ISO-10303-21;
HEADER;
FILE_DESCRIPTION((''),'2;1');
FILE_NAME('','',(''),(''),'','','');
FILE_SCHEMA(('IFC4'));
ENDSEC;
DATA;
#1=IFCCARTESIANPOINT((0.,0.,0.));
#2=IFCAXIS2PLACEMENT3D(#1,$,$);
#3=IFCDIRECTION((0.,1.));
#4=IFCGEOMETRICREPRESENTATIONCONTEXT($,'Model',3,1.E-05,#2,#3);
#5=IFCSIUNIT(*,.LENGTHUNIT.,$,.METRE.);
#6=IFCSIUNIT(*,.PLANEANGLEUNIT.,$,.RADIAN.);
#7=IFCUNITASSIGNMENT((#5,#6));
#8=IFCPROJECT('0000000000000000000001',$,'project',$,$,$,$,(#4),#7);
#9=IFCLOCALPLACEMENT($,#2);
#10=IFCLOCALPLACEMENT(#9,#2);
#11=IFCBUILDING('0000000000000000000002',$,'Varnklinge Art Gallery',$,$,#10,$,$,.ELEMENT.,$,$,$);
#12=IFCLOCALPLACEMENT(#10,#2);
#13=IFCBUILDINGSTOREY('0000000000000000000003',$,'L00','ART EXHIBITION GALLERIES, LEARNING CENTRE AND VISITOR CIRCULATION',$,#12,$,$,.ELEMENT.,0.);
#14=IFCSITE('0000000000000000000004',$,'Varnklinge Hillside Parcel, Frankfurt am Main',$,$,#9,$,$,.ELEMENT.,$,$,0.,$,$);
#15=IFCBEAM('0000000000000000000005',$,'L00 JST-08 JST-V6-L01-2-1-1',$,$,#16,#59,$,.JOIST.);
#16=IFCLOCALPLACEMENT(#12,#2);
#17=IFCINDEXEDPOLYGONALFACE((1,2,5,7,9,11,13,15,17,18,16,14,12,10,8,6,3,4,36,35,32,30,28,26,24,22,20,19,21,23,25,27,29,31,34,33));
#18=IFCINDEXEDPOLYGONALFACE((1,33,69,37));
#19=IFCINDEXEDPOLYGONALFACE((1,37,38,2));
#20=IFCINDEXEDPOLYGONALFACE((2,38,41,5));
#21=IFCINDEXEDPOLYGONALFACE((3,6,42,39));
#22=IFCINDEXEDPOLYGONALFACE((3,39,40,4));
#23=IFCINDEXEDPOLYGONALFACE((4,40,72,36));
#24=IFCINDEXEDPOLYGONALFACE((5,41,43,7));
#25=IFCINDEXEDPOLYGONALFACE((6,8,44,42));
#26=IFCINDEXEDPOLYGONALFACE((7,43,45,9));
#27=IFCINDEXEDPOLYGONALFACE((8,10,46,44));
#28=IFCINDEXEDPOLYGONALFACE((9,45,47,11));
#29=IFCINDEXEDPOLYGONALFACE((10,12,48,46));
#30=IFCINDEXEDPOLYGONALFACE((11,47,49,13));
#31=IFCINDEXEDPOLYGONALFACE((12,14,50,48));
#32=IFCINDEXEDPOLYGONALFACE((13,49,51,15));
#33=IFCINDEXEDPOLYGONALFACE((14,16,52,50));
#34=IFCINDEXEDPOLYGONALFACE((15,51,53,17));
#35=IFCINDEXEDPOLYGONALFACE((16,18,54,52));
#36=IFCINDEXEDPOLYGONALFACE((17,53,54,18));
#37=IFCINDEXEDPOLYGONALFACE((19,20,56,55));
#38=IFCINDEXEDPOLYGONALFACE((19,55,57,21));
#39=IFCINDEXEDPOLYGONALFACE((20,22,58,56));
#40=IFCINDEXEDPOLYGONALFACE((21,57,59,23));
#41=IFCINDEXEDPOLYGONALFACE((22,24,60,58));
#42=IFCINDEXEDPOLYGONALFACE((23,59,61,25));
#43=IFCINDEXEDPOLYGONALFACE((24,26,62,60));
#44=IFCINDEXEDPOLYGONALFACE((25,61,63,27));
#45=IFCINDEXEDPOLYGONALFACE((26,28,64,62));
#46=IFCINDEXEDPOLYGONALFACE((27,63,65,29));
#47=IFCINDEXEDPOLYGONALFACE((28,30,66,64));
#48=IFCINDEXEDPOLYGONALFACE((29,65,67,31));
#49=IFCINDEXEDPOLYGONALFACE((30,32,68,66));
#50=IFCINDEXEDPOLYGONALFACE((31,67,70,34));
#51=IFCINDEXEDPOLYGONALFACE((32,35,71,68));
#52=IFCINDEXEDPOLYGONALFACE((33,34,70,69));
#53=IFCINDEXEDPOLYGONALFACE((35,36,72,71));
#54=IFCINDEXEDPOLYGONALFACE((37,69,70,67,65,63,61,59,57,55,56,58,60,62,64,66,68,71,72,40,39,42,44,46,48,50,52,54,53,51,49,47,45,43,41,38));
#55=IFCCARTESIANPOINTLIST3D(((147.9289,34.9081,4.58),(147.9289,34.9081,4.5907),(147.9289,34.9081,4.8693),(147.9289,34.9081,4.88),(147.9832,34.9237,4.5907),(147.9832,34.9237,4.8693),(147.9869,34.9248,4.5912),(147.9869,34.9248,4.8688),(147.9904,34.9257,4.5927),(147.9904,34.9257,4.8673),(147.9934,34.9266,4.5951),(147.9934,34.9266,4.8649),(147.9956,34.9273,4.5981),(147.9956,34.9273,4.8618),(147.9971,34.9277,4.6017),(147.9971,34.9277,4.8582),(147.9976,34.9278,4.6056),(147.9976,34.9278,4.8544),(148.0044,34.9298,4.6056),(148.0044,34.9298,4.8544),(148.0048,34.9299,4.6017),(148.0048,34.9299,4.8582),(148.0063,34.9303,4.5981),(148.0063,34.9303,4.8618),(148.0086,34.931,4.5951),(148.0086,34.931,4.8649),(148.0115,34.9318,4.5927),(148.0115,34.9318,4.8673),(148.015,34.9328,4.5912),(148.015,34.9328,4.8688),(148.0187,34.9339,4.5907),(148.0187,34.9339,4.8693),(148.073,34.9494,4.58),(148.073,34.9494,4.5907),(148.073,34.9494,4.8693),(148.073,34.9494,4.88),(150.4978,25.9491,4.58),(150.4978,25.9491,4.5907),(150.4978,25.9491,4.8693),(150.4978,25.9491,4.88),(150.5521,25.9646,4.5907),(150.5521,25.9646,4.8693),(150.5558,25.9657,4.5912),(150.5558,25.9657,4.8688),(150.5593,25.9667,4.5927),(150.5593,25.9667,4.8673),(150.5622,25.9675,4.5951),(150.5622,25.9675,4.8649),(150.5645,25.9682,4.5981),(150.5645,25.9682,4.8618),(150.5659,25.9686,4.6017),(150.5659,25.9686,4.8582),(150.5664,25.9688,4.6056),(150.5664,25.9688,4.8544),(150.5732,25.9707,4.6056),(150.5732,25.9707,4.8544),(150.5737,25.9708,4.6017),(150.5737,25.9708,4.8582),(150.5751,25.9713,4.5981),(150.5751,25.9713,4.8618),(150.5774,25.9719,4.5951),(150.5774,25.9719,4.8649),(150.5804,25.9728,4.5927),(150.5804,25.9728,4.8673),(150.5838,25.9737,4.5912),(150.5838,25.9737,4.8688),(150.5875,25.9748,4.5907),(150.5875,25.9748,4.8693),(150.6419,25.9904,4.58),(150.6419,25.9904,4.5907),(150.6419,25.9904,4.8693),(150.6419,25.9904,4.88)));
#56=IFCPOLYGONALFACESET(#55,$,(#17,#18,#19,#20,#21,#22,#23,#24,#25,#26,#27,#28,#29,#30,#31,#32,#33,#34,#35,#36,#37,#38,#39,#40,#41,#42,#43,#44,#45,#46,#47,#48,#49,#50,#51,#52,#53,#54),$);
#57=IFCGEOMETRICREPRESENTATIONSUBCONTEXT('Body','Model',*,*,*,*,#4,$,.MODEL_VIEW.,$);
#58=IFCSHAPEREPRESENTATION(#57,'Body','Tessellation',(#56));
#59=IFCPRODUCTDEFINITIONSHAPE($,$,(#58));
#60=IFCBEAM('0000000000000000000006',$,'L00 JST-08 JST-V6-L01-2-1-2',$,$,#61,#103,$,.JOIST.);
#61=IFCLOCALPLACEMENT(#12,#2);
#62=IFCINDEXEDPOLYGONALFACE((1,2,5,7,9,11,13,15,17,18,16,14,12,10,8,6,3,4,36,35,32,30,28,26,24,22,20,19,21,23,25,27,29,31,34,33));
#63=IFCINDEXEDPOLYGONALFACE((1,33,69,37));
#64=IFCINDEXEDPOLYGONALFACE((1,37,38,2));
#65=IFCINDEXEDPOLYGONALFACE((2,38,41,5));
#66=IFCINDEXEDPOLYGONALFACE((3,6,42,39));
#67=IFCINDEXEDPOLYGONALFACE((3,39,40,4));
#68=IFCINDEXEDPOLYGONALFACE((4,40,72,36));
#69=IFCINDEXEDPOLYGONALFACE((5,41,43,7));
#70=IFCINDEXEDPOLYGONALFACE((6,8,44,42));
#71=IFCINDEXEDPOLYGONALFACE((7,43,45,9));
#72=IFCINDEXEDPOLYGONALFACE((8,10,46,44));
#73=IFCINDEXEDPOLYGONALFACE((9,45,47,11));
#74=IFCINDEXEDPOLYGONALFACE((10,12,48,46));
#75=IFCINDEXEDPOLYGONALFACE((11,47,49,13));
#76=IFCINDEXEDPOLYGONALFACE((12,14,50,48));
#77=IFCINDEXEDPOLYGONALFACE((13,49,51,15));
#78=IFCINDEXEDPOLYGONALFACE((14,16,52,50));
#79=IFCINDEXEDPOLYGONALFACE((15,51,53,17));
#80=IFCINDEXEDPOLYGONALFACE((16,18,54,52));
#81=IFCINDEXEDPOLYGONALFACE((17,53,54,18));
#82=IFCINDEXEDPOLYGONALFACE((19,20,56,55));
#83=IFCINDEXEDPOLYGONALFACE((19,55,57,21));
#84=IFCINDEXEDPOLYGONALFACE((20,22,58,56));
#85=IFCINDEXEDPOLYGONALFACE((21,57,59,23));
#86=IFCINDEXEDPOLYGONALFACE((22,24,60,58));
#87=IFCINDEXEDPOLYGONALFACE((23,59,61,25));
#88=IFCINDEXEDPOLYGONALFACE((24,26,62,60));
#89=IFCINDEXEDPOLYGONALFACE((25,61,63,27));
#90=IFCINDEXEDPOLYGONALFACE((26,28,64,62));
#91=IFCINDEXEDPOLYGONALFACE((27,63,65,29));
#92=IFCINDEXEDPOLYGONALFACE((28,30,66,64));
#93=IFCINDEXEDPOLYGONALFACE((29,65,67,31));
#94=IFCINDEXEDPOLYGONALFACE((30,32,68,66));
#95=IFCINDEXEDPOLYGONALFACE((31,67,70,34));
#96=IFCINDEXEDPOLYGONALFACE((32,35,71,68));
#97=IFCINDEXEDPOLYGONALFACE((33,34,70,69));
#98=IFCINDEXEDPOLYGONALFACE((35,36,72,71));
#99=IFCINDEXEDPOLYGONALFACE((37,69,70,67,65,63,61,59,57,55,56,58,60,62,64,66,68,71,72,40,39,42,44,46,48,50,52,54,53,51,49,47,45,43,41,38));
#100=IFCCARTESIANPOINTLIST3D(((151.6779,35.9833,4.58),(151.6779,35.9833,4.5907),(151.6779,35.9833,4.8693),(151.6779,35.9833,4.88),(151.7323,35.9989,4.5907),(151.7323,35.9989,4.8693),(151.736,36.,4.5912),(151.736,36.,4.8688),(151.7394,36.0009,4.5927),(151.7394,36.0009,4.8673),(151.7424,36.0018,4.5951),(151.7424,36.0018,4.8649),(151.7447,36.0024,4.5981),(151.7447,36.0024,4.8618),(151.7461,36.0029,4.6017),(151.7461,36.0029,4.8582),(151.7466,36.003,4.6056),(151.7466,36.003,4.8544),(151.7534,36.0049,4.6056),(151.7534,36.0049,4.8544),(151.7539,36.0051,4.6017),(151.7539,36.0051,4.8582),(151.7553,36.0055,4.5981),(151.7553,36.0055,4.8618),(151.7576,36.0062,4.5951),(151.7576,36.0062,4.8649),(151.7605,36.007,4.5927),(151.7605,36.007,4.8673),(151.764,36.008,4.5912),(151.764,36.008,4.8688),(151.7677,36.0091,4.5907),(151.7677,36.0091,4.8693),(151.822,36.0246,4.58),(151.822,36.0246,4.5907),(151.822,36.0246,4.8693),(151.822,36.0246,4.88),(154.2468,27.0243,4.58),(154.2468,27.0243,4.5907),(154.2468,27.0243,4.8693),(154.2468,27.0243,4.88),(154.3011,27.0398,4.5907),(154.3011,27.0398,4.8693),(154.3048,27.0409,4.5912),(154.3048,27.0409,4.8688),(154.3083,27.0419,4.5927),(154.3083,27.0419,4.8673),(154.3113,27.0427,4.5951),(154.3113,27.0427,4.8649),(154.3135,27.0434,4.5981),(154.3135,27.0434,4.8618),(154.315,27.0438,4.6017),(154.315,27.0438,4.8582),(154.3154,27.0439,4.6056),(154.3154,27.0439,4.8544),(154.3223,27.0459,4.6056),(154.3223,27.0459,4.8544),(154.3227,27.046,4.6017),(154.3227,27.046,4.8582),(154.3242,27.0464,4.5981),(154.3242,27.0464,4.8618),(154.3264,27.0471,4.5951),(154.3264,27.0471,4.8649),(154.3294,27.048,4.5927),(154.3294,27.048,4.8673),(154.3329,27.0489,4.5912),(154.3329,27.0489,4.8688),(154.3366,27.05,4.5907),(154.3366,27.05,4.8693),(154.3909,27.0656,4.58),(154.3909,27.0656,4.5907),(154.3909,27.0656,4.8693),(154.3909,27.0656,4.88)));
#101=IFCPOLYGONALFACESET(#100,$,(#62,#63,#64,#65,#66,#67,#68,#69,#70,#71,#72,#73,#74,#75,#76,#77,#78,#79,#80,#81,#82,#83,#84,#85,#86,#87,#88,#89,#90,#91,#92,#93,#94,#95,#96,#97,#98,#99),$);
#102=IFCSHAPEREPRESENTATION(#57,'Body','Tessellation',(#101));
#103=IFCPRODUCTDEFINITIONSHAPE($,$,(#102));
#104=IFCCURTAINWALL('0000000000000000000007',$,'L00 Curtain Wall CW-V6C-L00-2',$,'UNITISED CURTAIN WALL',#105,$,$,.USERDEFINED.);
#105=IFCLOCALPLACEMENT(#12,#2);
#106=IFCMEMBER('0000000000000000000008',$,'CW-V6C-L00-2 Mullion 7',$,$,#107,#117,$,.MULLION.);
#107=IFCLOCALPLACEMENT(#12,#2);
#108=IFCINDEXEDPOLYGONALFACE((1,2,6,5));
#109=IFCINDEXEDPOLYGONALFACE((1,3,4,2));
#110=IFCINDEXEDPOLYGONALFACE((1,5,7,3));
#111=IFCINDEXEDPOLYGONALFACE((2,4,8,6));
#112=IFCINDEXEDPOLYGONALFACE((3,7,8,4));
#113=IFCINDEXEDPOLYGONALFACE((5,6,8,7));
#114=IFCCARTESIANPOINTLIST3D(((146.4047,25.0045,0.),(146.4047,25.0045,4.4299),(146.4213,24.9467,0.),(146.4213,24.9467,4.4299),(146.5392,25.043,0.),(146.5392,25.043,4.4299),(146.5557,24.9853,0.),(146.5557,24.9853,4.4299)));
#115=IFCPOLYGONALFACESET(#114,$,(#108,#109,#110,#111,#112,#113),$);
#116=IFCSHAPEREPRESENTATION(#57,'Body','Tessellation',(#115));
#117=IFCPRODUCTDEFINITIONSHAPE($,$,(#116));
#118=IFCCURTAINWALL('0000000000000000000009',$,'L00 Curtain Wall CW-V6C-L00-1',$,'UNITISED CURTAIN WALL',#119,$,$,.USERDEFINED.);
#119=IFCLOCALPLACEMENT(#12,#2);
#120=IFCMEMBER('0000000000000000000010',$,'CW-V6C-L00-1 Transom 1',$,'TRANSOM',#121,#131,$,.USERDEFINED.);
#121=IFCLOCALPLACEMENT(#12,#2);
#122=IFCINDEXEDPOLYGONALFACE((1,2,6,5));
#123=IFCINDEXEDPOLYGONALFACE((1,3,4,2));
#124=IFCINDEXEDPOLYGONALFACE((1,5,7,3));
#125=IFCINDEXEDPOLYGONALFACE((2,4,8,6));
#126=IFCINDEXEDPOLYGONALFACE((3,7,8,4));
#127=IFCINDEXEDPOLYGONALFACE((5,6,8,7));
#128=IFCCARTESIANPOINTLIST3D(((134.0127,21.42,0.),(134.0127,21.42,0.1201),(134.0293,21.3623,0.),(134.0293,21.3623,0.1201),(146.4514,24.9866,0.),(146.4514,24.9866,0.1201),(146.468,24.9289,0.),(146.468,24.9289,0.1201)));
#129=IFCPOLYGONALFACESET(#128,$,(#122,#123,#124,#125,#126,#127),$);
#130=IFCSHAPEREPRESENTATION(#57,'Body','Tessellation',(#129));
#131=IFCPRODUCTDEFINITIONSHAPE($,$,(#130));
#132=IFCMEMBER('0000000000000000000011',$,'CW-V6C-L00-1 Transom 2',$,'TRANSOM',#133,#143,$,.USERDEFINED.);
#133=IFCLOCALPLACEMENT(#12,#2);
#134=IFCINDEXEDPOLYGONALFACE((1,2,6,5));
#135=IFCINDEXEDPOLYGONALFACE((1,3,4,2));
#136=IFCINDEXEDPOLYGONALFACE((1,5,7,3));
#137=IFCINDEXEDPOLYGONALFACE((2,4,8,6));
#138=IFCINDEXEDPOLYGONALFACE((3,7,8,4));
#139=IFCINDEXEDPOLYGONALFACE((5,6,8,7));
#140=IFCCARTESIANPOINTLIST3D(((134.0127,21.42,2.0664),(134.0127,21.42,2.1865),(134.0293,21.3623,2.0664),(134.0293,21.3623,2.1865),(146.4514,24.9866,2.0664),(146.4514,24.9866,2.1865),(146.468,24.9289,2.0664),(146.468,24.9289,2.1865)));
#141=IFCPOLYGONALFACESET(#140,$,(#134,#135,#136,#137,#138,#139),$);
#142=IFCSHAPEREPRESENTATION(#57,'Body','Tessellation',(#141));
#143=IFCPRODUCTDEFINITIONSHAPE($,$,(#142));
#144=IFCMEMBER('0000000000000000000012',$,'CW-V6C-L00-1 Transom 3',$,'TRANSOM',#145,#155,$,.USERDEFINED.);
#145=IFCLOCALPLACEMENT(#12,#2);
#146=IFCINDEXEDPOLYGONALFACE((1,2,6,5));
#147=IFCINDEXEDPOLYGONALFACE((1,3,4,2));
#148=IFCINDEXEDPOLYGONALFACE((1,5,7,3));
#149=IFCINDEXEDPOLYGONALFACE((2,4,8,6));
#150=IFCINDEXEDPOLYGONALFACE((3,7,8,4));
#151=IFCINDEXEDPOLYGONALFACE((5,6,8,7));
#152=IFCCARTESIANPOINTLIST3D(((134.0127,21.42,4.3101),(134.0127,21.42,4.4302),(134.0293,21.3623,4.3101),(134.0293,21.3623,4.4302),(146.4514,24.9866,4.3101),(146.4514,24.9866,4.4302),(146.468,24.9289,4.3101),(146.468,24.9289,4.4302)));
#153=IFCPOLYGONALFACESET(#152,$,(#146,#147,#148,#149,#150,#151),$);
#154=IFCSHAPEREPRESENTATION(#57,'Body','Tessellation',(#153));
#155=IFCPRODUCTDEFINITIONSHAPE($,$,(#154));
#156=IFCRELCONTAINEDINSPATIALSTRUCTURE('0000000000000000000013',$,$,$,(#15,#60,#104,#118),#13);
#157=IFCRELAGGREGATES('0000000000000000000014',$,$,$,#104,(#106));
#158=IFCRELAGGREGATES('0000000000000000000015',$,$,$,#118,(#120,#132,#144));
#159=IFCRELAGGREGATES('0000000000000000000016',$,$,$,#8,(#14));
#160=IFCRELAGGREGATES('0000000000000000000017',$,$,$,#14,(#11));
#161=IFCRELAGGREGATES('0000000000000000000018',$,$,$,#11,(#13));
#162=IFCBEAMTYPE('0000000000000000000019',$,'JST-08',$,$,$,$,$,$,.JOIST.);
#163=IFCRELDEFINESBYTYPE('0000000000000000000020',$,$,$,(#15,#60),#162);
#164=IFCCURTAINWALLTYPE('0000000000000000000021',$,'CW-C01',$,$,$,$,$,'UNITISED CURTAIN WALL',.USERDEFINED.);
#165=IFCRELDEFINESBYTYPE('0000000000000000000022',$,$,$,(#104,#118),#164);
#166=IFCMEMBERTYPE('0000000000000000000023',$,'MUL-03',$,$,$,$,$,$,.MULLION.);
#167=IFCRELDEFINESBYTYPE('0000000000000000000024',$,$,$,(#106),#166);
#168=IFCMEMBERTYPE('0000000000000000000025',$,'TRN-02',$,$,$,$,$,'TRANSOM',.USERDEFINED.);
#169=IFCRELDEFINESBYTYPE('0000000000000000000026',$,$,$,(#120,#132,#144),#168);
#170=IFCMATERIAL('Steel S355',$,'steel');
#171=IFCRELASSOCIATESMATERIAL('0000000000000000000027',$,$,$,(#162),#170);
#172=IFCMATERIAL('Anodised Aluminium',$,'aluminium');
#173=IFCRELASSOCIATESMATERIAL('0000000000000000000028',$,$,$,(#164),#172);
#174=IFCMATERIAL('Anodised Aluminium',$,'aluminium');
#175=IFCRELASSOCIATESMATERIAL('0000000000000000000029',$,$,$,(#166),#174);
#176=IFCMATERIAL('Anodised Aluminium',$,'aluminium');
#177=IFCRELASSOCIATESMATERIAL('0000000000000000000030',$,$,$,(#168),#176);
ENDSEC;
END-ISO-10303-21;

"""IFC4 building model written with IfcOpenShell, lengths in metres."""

from ifc_helpers import new_model, si_unit, direction, frame, origin, origin_2d, place, context, subcontext, project, spatial, rectangle, i_section, extrude, material, material_profile, profile_set, type_object, element, aggregate, save


model = new_model("IFC4")

# Units and contexts
model_context = context("Model", 3, precision=1e-05, world=origin(), true_north=direction((0.0, 1.0)))
body_context = subcontext(model_context, "Body", "Model", "MODEL_VIEW")
ifc_project = project(units=[si_unit("LENGTHUNIT", "METRE"), si_unit("PLANEANGLEUNIT", "RADIAN")], contexts=[model_context])

# Site, building, storey
site_placement = place(None, origin())
site = spatial("IfcSite", under=ifc_project, at=site_placement, Name="Varnklinge Hillside Parcel, Frankfurt am Main", CompositionType="ELEMENT", RefElevation=0.0)
building_placement = place(site_placement, origin())
building = spatial("IfcBuilding", under=site, at=building_placement, Name="Varnklinge Art Gallery", CompositionType="ELEMENT")
storey_placement = place(building_placement, origin())
storey = spatial("IfcBuildingStorey", under=building, at=storey_placement, Name="L00", Description="ART EXHIBITION GALLERIES, LEARNING CENTRE AND VISITOR CIRCULATION", CompositionType="ELEMENT", Elevation=0.0)

# Beams
ifc_material_1 = material(Name="Steel S355", Category="steel")
ifc_material_profile_1 = material_profile(ifc_material_1, i_section(OverallWidth=0.1499, OverallDepth=0.3, WebThickness=0.0071, FlangeThickness=0.0107, FilletRadius=0.0149, at=origin_2d()), Name="IPE 300")
ifc_profile_set_1 = profile_set([ifc_material_profile_1], Name="Steel S355")
beam_type_1 = type_object("IfcBeamType", Name="JST-08", PredefinedType="JOIST", material=ifc_profile_set_1)
for number, where, z_axis, x_axis, name in (
    (1, (150.5698, 25.9697, 4.73), (-0.275627, 0.961265, 0.0), (-0.961265, -0.275627, 0.0), "L00 JST-08 JST-V6-L01-2-1-1"),
    (2, (154.3188, 27.0449, 4.73), (-0.275627, 0.961265, 0.0), (-0.961265, -0.275627, 0.0), "L00 JST-08 JST-V6-L01-2-1-2"),
):
    element("IfcBeam", number, at=place(storey_placement, frame(where, z_axis=z_axis, x_axis=x_axis)), inside=storey, type_object=beam_type_1, Name=name, PredefinedType="JOIST", context=body_context, shape_type="SweptSolid", body=[
        extrude(i_section(OverallWidth=0.1499, OverallDepth=0.3, WebThickness=0.0071, FlangeThickness=0.0107, FilletRadius=0.0149, at=origin_2d()), origin(), (0.0, 0.0, 1.0), 9.3201),
    ])

# Curtain wall, member
ifc_material_2 = material(Name="Anodised Aluminium", Category="aluminium")
curtain_wall_type = type_object("IfcCurtainWallType", Name="CW-C01", ElementType="UNITISED CURTAIN WALL", PredefinedType="USERDEFINED", material=ifc_material_2)
curtain_wall_1_placement = place(storey_placement, origin())
curtain_wall_1 = element("IfcCurtainWall", 3, at=curtain_wall_1_placement, inside=storey, type_object=curtain_wall_type, Name="L00 Curtain Wall CW-V6C-L00-2", ObjectType="UNITISED CURTAIN WALL", PredefinedType="USERDEFINED")
ifc_material_3 = material(Name="Anodised Aluminium", Category="aluminium")
ifc_material_profile_2 = material_profile(ifc_material_3, rectangle(XDim=0.0601, YDim=0.1399, at=origin_2d()), Name="ALU 60x140")
ifc_profile_set_2 = profile_set([ifc_material_profile_2], Name="Anodised Aluminium")
member_type_1 = type_object("IfcMemberType", Name="MUL-03", PredefinedType="MULLION", material=ifc_profile_set_2)
member_1_placement = place(storey_placement, frame((146.4802, 24.9949, 0.0), z_axis=(0.0, 0.0, 1.0), x_axis=(0.275637, -0.961262, 0.0)))
member_1 = element("IfcMember", 4, at=member_1_placement, type_object=member_type_1, Name="CW-V6C-L00-2 Mullion 7", PredefinedType="MULLION", context=body_context, shape_type="SweptSolid", body=[
    extrude(rectangle(XDim=0.0601, YDim=0.1399, at=origin_2d()), origin(), (0.0, 0.0, 1.0), 4.4299),
])
aggregate(curtain_wall_1, [member_1])

# Curtain wall, members
curtain_wall_2_placement = place(storey_placement, origin())
curtain_wall_2 = element("IfcCurtainWall", 5, at=curtain_wall_2_placement, inside=storey, type_object=curtain_wall_type, Name="L00 Curtain Wall CW-V6C-L00-1", ObjectType="UNITISED CURTAIN WALL", PredefinedType="USERDEFINED")
ifc_material_4 = material(Name="Anodised Aluminium", Category="aluminium")
ifc_material_profile_3 = material_profile(ifc_material_4, rectangle(XDim=0.0601, YDim=0.1201, at=origin_2d()), Name="ALU 60x120")
ifc_profile_set_3 = profile_set([ifc_material_profile_3], Name="Anodised Aluminium")
member_type_2 = type_object("IfcMemberType", Name="TRN-02", ElementType="TRANSOM", PredefinedType="USERDEFINED", material=ifc_profile_set_3)
member_2_placement = place(storey_placement, frame((146.4597, 24.9578, 0.0601), z_axis=(-0.961264, -0.275631, 0.0), x_axis=(0.275631, -0.961264, 0.0)))
member_2 = element("IfcMember", 6, at=member_2_placement, type_object=member_type_2, Name="CW-V6C-L00-1 Transom 1", ObjectType="TRANSOM", PredefinedType="USERDEFINED", context=body_context, shape_type="SweptSolid", body=[
    extrude(rectangle(XDim=0.0601, YDim=0.1201, at=origin_2d()), origin(), (0.0, 0.0, 1.0), 12.9399),
])
member_3_placement = place(storey_placement, frame((146.4597, 24.9578, 2.1265), z_axis=(-0.961264, -0.275631, 0.0), x_axis=(0.275631, -0.961264, 0.0)))
member_3 = element("IfcMember", 7, at=member_3_placement, type_object=member_type_2, Name="CW-V6C-L00-1 Transom 2", ObjectType="TRANSOM", PredefinedType="USERDEFINED", context=body_context, shape_type="SweptSolid", body=[
    extrude(rectangle(XDim=0.0601, YDim=0.1201, at=origin_2d()), origin(), (0.0, 0.0, 1.0), 12.9399),
])
member_4_placement = place(storey_placement, frame((146.4597, 24.9578, 4.3701), z_axis=(-0.961264, -0.275631, 0.0), x_axis=(0.275631, -0.961264, 0.0)))
member_4 = element("IfcMember", 8, at=member_4_placement, type_object=member_type_2, Name="CW-V6C-L00-1 Transom 3", ObjectType="TRANSOM", PredefinedType="USERDEFINED", context=body_context, shape_type="SweptSolid", body=[
    extrude(rectangle(XDim=0.0601, YDim=0.1201, at=origin_2d()), origin(), (0.0, 0.0, 1.0), 12.9399),
])
aggregate(curtain_wall_2, [member_2, member_3, member_4])

save(model, "model.ifc")
